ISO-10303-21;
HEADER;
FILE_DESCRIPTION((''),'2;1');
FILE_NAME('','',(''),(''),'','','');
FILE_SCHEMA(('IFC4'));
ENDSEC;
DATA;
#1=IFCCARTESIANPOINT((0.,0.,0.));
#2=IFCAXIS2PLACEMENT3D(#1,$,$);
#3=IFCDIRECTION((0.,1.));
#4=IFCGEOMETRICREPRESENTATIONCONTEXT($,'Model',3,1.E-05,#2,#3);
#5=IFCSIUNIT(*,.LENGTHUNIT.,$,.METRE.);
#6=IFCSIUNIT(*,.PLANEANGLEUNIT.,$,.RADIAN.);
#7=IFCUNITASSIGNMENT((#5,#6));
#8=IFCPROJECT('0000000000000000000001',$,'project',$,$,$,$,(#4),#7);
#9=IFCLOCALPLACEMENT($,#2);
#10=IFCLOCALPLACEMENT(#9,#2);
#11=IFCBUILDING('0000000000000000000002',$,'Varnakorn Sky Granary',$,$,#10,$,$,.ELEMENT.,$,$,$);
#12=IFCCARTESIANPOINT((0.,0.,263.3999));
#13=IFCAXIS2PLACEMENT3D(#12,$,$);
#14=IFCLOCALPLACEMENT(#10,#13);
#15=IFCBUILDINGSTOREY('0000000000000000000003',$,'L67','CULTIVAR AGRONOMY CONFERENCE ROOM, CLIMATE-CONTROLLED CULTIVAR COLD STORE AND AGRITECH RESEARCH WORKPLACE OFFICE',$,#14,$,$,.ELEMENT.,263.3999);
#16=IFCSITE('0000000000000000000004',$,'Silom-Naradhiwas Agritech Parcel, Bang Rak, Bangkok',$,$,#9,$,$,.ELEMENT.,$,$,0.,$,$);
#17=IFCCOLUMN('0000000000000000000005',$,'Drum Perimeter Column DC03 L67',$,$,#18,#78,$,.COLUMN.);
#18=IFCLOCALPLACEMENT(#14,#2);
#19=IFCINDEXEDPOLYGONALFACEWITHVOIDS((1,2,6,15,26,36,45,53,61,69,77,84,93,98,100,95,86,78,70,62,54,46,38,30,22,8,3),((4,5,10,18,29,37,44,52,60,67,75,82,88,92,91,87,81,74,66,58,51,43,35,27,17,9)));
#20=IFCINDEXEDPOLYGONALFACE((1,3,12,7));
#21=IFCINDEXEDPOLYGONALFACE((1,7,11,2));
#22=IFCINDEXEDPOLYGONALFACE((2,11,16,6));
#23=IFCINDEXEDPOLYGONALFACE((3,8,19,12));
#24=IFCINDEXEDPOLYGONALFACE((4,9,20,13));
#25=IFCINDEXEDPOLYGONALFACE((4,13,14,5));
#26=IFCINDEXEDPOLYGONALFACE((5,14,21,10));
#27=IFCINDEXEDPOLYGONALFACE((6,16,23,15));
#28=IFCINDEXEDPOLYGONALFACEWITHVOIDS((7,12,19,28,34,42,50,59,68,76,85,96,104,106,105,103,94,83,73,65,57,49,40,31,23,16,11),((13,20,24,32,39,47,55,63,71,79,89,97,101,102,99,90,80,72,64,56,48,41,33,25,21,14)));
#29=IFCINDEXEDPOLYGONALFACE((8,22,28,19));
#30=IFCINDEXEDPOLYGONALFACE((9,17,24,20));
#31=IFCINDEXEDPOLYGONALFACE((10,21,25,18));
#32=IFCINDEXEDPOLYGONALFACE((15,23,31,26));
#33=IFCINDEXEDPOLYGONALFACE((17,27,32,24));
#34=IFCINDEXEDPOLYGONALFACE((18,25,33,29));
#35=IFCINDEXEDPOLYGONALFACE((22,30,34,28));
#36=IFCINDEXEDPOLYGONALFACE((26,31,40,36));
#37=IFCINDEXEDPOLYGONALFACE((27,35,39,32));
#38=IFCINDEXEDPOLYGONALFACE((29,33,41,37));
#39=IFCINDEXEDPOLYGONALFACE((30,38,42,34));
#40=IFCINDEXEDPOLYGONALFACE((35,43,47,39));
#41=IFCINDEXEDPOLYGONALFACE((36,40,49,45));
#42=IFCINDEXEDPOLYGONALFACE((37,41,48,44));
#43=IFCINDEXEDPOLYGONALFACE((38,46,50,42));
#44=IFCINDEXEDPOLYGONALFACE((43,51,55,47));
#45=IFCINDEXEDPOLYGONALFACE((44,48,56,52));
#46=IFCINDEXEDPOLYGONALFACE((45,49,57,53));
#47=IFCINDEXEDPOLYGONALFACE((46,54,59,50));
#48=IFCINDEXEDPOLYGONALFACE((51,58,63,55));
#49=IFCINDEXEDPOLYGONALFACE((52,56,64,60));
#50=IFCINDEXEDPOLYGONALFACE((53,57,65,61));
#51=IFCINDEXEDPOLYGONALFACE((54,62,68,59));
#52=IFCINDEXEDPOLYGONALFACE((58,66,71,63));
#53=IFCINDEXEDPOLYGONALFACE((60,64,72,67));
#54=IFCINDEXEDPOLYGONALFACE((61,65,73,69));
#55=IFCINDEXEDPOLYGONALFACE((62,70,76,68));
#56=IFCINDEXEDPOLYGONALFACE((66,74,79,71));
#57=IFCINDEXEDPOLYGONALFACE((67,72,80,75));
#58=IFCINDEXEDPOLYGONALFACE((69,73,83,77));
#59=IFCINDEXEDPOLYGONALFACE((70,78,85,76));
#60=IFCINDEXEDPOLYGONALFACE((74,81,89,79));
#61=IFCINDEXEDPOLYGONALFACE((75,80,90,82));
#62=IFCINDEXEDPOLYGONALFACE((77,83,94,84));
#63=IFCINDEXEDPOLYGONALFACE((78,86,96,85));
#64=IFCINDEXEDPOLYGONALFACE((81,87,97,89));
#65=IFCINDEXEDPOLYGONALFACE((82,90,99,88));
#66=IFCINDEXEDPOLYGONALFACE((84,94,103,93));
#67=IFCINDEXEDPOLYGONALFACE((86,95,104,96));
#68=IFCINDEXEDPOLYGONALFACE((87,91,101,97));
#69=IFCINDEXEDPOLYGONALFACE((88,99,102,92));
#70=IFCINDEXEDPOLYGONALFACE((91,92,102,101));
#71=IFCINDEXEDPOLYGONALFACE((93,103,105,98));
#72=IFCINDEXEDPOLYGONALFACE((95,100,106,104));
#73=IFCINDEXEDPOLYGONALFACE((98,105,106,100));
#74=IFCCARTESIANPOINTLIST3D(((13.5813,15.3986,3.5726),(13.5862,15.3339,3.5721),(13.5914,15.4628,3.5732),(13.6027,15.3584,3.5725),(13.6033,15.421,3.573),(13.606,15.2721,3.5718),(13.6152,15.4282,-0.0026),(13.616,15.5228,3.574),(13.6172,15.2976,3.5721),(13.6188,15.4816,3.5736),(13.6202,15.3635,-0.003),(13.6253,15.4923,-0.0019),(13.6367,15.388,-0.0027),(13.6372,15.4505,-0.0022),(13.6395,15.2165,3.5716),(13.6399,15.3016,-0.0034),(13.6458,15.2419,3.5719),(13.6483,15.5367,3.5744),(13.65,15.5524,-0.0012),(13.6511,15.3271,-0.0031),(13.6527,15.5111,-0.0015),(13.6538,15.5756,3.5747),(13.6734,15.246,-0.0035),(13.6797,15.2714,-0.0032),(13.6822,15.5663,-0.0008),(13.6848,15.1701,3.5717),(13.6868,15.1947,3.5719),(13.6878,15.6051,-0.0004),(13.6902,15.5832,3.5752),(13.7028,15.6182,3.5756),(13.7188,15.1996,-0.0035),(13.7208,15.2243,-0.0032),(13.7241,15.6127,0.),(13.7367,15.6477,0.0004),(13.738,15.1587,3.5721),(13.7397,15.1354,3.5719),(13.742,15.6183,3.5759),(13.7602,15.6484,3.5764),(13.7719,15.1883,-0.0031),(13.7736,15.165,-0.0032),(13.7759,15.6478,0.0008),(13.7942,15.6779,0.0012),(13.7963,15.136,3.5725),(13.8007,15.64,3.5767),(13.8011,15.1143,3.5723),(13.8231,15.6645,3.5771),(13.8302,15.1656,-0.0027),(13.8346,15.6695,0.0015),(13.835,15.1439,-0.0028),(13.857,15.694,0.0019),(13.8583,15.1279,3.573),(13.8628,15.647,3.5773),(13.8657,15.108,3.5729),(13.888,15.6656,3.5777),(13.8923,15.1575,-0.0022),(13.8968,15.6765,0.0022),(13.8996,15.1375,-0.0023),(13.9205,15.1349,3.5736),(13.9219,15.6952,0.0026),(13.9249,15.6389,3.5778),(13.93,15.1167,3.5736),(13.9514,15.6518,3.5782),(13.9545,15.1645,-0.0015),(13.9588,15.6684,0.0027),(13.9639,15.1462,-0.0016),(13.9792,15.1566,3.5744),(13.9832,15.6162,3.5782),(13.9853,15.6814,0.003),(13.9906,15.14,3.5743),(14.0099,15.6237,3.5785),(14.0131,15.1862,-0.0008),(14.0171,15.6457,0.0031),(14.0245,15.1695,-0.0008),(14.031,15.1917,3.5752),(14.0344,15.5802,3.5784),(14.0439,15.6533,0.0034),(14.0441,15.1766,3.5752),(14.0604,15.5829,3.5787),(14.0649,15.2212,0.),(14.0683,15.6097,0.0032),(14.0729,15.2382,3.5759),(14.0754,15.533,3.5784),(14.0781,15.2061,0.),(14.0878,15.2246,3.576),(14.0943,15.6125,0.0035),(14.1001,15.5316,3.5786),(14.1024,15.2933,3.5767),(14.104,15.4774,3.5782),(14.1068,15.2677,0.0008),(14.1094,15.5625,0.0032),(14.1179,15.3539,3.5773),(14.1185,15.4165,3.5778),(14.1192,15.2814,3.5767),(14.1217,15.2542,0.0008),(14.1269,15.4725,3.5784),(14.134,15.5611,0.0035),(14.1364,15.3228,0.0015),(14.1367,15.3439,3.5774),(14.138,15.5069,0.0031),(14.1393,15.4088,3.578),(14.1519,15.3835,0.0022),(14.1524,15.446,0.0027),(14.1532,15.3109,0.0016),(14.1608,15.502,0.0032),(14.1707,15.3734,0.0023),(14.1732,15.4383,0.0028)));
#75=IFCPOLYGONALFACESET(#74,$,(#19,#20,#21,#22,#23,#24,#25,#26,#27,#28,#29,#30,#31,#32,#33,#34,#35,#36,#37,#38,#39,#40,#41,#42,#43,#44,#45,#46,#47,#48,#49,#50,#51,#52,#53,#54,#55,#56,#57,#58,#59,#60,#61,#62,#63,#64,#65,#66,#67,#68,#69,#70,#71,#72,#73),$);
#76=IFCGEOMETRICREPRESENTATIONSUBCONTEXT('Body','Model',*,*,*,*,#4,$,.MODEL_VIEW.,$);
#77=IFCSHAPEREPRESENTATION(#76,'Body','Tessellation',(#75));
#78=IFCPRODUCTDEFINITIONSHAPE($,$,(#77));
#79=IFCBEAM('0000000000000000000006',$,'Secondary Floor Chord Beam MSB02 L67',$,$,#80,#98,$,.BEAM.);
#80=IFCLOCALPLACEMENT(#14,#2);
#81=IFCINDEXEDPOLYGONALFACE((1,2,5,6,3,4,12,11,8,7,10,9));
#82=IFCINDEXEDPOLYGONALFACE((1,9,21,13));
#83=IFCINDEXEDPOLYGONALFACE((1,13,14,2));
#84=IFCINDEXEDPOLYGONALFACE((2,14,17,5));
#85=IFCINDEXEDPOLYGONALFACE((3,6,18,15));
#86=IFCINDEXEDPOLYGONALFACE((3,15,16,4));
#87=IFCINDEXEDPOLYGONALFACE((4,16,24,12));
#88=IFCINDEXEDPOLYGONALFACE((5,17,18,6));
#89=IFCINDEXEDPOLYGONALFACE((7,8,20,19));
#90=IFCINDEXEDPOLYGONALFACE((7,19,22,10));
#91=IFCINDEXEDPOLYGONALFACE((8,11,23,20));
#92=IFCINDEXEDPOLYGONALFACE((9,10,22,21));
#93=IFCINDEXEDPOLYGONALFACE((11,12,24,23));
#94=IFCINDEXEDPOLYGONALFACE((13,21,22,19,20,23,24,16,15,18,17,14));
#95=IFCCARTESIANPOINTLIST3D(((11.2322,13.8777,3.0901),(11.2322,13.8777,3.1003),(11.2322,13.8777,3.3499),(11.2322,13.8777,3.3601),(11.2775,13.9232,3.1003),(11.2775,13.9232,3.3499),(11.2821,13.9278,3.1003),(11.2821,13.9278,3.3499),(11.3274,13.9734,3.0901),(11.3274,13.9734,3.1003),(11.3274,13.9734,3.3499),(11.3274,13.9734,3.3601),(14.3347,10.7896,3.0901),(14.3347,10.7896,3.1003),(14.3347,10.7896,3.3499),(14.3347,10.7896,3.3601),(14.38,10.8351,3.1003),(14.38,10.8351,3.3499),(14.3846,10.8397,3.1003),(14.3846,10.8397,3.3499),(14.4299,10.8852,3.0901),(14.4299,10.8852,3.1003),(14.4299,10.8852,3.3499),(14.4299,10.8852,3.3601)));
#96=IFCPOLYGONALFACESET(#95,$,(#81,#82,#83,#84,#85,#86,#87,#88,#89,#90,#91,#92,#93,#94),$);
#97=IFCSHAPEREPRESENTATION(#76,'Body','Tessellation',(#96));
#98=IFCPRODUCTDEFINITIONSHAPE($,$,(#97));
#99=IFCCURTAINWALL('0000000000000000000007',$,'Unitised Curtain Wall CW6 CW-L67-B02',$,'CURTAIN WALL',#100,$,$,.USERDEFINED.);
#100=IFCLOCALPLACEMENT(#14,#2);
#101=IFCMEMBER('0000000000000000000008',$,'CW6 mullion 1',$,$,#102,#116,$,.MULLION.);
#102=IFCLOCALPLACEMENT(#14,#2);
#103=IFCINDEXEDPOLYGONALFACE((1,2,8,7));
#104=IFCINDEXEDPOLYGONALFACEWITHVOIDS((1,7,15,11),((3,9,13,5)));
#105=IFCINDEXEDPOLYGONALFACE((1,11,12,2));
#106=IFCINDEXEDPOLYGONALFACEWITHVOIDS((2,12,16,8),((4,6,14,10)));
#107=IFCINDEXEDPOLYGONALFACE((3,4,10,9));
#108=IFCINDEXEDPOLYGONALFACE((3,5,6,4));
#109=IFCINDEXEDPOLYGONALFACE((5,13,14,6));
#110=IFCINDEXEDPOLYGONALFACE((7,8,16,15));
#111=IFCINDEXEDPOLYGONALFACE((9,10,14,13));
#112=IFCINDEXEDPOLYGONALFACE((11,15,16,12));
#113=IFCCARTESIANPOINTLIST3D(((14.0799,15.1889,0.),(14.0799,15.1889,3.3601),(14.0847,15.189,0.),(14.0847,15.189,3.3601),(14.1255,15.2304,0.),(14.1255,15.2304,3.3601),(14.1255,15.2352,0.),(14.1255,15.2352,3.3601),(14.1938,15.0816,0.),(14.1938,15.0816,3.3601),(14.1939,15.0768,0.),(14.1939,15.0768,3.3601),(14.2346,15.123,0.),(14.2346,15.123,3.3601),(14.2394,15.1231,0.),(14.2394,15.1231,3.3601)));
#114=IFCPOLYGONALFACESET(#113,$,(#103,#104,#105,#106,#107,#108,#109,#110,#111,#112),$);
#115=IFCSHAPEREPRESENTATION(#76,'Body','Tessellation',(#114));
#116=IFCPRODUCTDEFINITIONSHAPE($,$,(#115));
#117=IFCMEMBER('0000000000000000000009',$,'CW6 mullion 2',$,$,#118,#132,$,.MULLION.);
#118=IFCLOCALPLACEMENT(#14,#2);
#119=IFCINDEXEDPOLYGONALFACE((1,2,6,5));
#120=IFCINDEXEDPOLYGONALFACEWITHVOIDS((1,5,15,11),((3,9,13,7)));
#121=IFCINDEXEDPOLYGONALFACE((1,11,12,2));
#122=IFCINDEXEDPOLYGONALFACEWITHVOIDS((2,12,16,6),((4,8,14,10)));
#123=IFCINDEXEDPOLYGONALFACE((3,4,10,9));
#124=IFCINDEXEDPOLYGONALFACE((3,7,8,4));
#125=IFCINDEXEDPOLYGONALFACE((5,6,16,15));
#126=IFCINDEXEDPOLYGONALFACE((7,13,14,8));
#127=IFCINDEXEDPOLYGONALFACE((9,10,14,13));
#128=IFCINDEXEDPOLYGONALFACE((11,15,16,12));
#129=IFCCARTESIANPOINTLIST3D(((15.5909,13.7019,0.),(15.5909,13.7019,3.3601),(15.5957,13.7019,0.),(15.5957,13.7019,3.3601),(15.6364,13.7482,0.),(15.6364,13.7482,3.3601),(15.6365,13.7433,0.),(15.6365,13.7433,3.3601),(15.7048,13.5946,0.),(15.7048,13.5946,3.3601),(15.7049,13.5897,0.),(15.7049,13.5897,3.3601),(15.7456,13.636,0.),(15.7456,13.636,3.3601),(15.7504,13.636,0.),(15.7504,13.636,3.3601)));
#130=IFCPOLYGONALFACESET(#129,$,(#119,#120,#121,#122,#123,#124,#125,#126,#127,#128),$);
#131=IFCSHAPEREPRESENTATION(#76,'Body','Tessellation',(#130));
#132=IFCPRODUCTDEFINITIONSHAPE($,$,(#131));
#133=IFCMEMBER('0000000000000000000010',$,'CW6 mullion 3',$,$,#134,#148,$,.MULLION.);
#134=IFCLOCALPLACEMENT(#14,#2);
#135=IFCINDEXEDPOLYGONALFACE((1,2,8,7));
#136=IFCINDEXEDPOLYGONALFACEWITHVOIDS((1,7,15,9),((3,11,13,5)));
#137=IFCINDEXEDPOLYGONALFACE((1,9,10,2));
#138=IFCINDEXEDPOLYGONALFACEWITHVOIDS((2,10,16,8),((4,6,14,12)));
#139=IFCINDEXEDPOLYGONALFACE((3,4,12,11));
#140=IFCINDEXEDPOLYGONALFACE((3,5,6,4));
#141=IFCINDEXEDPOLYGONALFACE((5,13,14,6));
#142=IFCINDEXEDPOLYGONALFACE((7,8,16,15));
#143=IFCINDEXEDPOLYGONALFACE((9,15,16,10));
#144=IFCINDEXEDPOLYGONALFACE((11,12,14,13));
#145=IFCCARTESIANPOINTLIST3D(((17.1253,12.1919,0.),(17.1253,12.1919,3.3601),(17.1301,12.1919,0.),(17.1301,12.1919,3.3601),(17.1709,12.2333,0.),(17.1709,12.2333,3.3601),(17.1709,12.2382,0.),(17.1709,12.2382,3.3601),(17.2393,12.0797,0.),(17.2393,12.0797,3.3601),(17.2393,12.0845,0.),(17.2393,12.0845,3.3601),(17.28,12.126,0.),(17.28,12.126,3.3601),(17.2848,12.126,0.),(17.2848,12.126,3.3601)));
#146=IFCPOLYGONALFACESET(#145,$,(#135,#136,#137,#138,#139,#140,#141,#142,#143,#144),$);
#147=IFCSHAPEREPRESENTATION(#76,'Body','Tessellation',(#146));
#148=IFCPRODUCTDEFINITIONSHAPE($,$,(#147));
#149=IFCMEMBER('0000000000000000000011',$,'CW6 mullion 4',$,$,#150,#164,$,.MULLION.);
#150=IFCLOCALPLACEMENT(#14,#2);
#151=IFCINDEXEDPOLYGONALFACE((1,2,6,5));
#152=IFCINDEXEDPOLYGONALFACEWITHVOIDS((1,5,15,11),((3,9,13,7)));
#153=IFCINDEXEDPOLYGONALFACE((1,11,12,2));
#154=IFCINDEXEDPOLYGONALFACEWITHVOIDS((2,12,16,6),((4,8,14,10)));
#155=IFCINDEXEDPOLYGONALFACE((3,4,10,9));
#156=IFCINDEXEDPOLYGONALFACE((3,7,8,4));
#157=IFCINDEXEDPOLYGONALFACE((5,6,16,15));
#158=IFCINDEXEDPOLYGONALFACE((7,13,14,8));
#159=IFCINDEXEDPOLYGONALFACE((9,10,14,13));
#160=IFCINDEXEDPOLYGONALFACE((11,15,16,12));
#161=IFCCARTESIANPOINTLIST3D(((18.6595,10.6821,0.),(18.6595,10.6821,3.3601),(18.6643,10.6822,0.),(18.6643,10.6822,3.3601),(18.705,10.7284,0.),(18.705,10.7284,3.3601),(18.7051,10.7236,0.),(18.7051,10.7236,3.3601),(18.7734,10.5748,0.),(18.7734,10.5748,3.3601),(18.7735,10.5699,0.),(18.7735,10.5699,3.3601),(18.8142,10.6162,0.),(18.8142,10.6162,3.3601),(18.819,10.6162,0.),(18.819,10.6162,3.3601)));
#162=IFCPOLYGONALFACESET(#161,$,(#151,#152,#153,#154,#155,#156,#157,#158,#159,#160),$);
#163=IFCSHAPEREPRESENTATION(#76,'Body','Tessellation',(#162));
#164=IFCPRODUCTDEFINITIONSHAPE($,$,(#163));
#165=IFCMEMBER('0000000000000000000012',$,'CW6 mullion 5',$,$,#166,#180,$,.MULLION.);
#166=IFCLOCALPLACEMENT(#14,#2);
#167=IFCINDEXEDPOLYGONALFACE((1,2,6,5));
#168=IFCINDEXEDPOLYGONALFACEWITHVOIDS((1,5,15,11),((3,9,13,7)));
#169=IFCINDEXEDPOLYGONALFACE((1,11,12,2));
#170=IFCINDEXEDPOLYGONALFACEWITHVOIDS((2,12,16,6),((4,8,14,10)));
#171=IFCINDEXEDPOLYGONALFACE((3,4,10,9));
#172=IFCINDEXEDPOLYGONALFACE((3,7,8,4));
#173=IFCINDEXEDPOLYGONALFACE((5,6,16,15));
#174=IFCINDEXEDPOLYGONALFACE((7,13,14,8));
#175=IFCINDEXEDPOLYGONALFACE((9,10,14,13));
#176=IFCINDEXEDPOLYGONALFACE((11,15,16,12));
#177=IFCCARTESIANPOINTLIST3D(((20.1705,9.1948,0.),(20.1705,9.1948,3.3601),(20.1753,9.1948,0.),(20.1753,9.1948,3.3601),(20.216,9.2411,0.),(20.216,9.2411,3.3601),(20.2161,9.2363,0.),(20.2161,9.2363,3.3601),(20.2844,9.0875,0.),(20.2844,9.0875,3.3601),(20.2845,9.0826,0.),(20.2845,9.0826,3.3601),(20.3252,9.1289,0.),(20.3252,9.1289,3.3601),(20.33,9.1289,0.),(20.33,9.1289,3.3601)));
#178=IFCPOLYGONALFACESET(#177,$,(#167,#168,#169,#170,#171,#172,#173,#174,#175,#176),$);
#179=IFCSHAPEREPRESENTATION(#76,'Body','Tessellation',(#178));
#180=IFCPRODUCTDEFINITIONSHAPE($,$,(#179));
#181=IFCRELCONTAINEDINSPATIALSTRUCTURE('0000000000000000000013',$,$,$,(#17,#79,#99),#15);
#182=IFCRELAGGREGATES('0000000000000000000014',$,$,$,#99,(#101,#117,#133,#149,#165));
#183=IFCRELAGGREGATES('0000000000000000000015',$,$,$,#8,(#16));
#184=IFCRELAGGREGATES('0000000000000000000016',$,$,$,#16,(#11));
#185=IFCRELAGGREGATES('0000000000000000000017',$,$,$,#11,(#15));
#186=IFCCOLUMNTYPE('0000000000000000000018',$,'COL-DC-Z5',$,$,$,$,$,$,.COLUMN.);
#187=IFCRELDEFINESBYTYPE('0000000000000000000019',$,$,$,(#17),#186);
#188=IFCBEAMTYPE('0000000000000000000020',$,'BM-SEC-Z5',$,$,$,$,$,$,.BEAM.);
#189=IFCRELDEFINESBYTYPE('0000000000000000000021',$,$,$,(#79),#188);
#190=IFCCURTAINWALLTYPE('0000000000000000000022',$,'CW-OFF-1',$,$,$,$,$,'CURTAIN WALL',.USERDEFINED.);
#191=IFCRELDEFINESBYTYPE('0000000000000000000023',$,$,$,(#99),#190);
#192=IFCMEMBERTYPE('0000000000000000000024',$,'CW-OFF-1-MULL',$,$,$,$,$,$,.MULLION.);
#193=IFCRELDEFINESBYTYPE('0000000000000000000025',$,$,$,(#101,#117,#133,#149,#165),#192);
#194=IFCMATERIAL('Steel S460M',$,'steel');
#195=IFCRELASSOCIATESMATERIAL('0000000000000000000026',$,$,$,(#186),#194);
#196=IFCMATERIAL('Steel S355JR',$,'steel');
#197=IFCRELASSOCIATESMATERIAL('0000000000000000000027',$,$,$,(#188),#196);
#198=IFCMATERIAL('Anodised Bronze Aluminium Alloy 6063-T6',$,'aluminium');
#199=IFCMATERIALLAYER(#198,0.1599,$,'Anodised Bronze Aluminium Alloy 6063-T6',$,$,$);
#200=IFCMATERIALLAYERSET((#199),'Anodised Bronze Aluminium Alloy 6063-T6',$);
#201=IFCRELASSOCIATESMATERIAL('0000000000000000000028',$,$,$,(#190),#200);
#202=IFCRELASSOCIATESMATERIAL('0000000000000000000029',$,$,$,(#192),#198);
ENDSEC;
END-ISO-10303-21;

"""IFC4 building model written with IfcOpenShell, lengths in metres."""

from ifc_helpers import new_model, si_unit, direction, frame, origin, origin_2d, place, context, subcontext, project, spatial, hollow_rectangle, hollow_circle, i_section, extrude, material, layer, layer_set, material_profile, profile_set, type_object, element, aggregate, save


model = new_model("IFC4")

# Units and contexts
model_context = context("Model", 3, precision=1e-05, world=origin(), true_north=direction((0.0, 1.0)))
body_context = subcontext(model_context, "Body", "Model", "MODEL_VIEW")
ifc_project = project(units=[si_unit("LENGTHUNIT", "METRE"), si_unit("PLANEANGLEUNIT", "RADIAN")], contexts=[model_context])

# Site, building, storey
site_placement = place(None, origin())
site = spatial("IfcSite", under=ifc_project, at=site_placement, Name="Silom-Naradhiwas Agritech Parcel, Bang Rak, Bangkok", CompositionType="ELEMENT", RefElevation=0.0)
building_placement = place(site_placement, origin())
building = spatial("IfcBuilding", under=site, at=building_placement, Name="Varnakorn Sky Granary", CompositionType="ELEMENT")
storey_placement = place(building_placement, frame((0.0, 0.0, 263.3999)))
storey = spatial("IfcBuildingStorey", under=building, at=storey_placement, Name="L67", Description="CULTIVAR AGRONOMY CONFERENCE ROOM, CLIMATE-CONTROLLED CULTIVAR COLD STORE AND AGRITECH RESEARCH WORKPLACE OFFICE", CompositionType="ELEMENT", Elevation=263.3999)

# Column
ifc_material_1 = material(Name="Steel S460M", Category="steel")
ifc_material_profile_1 = material_profile(ifc_material_1, hollow_circle(Radius=0.2795, WallThickness=0.02, at=origin_2d()), Name="CHS 559x20")
ifc_profile_set_1 = profile_set([ifc_material_profile_1], Name="Steel S460M")
column_type = type_object("IfcColumnType", Name="COL-DC-Z5", PredefinedType="COLUMN", material=ifc_profile_set_1)
column_placement = place(storey_placement, frame((13.8945, 15.417, 0.0), z_axis=(-0.009491, -0.008262, 0.999921), x_axis=(0.656582, -0.754255, 0.0)))
element("IfcColumn", 1, at=column_placement, inside=storey, type_object=column_type, Name="Drum Perimeter Column DC03 L67", PredefinedType="COLUMN", context=body_context, shape_type="SweptSolid", body=[
    extrude(hollow_circle(Radius=0.2795, WallThickness=0.02, at=origin_2d()), origin(), (0.0, 0.0, 1.0), 3.5754),
])

# Beam
ifc_material_2 = material(Name="Steel S355JR", Category="steel")
ifc_material_profile_2 = material_profile(ifc_material_2, i_section(OverallWidth=0.135, OverallDepth=0.27, WebThickness=0.0066, FlangeThickness=0.0103, at=origin_2d()), Name="IPE 270")
ifc_profile_set_2 = profile_set([ifc_material_profile_2], Name="Steel S355JR")
beam_type = type_object("IfcBeamType", Name="BM-SEC-Z5", PredefinedType="BEAM", material=ifc_profile_set_2)
beam_placement = place(storey_placement, frame((14.3823, 10.8374, 3.2251), z_axis=(-0.70875, 0.70546, 0.0), x_axis=(-0.70546, -0.70875, 0.0)))
element("IfcBeam", 2, at=beam_placement, inside=storey, type_object=beam_type, Name="Secondary Floor Chord Beam MSB02 L67", PredefinedType="BEAM", context=body_context, shape_type="SweptSolid", body=[
    extrude(i_section(OverallWidth=0.135, OverallDepth=0.27, WebThickness=0.0066, FlangeThickness=0.0103, at=origin_2d()), origin(), (0.0, 0.0, 1.0), 4.3774),
])

# Curtain wall, members
ifc_material_3 = material(Name="Anodised Bronze Aluminium Alloy 6063-T6", Category="aluminium")
ifc_layer_1 = layer(ifc_material_3, 0.1599, Name="Anodised Bronze Aluminium Alloy 6063-T6")
ifc_layer_set_1 = layer_set([ifc_layer_1], Name="Anodised Bronze Aluminium Alloy 6063-T6")
curtain_wall_type = type_object("IfcCurtainWallType", Name="CW-OFF-1", ElementType="CURTAIN WALL", PredefinedType="USERDEFINED", material=ifc_layer_set_1)
curtain_wall_placement = place(storey_placement, origin())
curtain_wall = element("IfcCurtainWall", 3, at=curtain_wall_placement, inside=storey, type_object=curtain_wall_type, Name="Unitised Curtain Wall CW6 CW-L67-B02", ObjectType="CURTAIN WALL", PredefinedType="USERDEFINED")
ifc_material_profile_3 = material_profile(ifc_material_3, hollow_rectangle(XDim=0.0649, YDim=0.1599, WallThickness=0.0034, at=origin_2d()), Name="ALU MULL 65x160")
ifc_profile_set_3 = profile_set([ifc_material_profile_3], Name="Anodised Bronze Aluminium Alloy 6063-T6")
member_type_1 = type_object("IfcMemberType", Name="CW-OFF-1-MULL", PredefinedType="MULLION", material=ifc_profile_set_3)
member_1_placement = place(storey_placement, frame((14.1597, 15.156, 0.0), z_axis=(0.0, 0.0, 1.0), x_axis=(0.70144, 0.712728, 0.0)))
member_1 = element("IfcMember", 4, at=member_1_placement, type_object=member_type_1, Name="CW6 mullion 1", PredefinedType="MULLION", context=body_context, shape_type="SweptSolid", body=[
    extrude(hollow_rectangle(XDim=0.0649, YDim=0.1599, WallThickness=0.0034, at=origin_2d()), origin(), (0.0, 0.0, 1.0), 3.3601),
])
member_2_placement = place(storey_placement, frame((15.6707, 13.6689, 0.0), z_axis=(0.0, 0.0, 1.0), x_axis=(0.70144, 0.712728, 0.0)))
member_2 = element("IfcMember", 5, at=member_2_placement, type_object=member_type_1, Name="CW6 mullion 2", PredefinedType="MULLION", context=body_context, shape_type="SweptSolid", body=[
    extrude(hollow_rectangle(XDim=0.0649, YDim=0.1599, WallThickness=0.0034, at=origin_2d()), origin(), (0.0, 0.0, 1.0), 3.3601),
])
member_3_placement = place(storey_placement, frame((17.2051, 12.1589, 0.0), z_axis=(0.0, 0.0, 1.0), x_axis=(0.70144, 0.712728, 0.0)))
member_3 = element("IfcMember", 6, at=member_3_placement, type_object=member_type_1, Name="CW6 mullion 3", PredefinedType="MULLION", context=body_context, shape_type="SweptSolid", body=[
    extrude(hollow_rectangle(XDim=0.0649, YDim=0.1599, WallThickness=0.0034, at=origin_2d()), origin(), (0.0, 0.0, 1.0), 3.3601),
])
member_4_placement = place(storey_placement, frame((18.7393, 10.6492, 0.0), z_axis=(0.0, 0.0, 1.0), x_axis=(0.70144, 0.712728, 0.0)))
member_4 = element("IfcMember", 7, at=member_4_placement, type_object=member_type_1, Name="CW6 mullion 4", PredefinedType="MULLION", context=body_context, shape_type="SweptSolid", body=[
    extrude(hollow_rectangle(XDim=0.0649, YDim=0.1599, WallThickness=0.0034, at=origin_2d()), origin(), (0.0, 0.0, 1.0), 3.3601),
])
member_5_placement = place(storey_placement, frame((20.2502, 9.1619, 0.0), z_axis=(0.0, 0.0, 1.0), x_axis=(0.70144, 0.712728, 0.0)))
member_5 = element("IfcMember", 8, at=member_5_placement, type_object=member_type_1, Name="CW6 mullion 5", PredefinedType="MULLION", context=body_context, shape_type="SweptSolid", body=[
    extrude(hollow_rectangle(XDim=0.0649, YDim=0.1599, WallThickness=0.0034, at=origin_2d()), origin(), (0.0, 0.0, 1.0), 3.3601),
])

aggregate(curtain_wall, [member_1, member_2, member_3, member_4, member_5])

save(model, "model.ifc")
